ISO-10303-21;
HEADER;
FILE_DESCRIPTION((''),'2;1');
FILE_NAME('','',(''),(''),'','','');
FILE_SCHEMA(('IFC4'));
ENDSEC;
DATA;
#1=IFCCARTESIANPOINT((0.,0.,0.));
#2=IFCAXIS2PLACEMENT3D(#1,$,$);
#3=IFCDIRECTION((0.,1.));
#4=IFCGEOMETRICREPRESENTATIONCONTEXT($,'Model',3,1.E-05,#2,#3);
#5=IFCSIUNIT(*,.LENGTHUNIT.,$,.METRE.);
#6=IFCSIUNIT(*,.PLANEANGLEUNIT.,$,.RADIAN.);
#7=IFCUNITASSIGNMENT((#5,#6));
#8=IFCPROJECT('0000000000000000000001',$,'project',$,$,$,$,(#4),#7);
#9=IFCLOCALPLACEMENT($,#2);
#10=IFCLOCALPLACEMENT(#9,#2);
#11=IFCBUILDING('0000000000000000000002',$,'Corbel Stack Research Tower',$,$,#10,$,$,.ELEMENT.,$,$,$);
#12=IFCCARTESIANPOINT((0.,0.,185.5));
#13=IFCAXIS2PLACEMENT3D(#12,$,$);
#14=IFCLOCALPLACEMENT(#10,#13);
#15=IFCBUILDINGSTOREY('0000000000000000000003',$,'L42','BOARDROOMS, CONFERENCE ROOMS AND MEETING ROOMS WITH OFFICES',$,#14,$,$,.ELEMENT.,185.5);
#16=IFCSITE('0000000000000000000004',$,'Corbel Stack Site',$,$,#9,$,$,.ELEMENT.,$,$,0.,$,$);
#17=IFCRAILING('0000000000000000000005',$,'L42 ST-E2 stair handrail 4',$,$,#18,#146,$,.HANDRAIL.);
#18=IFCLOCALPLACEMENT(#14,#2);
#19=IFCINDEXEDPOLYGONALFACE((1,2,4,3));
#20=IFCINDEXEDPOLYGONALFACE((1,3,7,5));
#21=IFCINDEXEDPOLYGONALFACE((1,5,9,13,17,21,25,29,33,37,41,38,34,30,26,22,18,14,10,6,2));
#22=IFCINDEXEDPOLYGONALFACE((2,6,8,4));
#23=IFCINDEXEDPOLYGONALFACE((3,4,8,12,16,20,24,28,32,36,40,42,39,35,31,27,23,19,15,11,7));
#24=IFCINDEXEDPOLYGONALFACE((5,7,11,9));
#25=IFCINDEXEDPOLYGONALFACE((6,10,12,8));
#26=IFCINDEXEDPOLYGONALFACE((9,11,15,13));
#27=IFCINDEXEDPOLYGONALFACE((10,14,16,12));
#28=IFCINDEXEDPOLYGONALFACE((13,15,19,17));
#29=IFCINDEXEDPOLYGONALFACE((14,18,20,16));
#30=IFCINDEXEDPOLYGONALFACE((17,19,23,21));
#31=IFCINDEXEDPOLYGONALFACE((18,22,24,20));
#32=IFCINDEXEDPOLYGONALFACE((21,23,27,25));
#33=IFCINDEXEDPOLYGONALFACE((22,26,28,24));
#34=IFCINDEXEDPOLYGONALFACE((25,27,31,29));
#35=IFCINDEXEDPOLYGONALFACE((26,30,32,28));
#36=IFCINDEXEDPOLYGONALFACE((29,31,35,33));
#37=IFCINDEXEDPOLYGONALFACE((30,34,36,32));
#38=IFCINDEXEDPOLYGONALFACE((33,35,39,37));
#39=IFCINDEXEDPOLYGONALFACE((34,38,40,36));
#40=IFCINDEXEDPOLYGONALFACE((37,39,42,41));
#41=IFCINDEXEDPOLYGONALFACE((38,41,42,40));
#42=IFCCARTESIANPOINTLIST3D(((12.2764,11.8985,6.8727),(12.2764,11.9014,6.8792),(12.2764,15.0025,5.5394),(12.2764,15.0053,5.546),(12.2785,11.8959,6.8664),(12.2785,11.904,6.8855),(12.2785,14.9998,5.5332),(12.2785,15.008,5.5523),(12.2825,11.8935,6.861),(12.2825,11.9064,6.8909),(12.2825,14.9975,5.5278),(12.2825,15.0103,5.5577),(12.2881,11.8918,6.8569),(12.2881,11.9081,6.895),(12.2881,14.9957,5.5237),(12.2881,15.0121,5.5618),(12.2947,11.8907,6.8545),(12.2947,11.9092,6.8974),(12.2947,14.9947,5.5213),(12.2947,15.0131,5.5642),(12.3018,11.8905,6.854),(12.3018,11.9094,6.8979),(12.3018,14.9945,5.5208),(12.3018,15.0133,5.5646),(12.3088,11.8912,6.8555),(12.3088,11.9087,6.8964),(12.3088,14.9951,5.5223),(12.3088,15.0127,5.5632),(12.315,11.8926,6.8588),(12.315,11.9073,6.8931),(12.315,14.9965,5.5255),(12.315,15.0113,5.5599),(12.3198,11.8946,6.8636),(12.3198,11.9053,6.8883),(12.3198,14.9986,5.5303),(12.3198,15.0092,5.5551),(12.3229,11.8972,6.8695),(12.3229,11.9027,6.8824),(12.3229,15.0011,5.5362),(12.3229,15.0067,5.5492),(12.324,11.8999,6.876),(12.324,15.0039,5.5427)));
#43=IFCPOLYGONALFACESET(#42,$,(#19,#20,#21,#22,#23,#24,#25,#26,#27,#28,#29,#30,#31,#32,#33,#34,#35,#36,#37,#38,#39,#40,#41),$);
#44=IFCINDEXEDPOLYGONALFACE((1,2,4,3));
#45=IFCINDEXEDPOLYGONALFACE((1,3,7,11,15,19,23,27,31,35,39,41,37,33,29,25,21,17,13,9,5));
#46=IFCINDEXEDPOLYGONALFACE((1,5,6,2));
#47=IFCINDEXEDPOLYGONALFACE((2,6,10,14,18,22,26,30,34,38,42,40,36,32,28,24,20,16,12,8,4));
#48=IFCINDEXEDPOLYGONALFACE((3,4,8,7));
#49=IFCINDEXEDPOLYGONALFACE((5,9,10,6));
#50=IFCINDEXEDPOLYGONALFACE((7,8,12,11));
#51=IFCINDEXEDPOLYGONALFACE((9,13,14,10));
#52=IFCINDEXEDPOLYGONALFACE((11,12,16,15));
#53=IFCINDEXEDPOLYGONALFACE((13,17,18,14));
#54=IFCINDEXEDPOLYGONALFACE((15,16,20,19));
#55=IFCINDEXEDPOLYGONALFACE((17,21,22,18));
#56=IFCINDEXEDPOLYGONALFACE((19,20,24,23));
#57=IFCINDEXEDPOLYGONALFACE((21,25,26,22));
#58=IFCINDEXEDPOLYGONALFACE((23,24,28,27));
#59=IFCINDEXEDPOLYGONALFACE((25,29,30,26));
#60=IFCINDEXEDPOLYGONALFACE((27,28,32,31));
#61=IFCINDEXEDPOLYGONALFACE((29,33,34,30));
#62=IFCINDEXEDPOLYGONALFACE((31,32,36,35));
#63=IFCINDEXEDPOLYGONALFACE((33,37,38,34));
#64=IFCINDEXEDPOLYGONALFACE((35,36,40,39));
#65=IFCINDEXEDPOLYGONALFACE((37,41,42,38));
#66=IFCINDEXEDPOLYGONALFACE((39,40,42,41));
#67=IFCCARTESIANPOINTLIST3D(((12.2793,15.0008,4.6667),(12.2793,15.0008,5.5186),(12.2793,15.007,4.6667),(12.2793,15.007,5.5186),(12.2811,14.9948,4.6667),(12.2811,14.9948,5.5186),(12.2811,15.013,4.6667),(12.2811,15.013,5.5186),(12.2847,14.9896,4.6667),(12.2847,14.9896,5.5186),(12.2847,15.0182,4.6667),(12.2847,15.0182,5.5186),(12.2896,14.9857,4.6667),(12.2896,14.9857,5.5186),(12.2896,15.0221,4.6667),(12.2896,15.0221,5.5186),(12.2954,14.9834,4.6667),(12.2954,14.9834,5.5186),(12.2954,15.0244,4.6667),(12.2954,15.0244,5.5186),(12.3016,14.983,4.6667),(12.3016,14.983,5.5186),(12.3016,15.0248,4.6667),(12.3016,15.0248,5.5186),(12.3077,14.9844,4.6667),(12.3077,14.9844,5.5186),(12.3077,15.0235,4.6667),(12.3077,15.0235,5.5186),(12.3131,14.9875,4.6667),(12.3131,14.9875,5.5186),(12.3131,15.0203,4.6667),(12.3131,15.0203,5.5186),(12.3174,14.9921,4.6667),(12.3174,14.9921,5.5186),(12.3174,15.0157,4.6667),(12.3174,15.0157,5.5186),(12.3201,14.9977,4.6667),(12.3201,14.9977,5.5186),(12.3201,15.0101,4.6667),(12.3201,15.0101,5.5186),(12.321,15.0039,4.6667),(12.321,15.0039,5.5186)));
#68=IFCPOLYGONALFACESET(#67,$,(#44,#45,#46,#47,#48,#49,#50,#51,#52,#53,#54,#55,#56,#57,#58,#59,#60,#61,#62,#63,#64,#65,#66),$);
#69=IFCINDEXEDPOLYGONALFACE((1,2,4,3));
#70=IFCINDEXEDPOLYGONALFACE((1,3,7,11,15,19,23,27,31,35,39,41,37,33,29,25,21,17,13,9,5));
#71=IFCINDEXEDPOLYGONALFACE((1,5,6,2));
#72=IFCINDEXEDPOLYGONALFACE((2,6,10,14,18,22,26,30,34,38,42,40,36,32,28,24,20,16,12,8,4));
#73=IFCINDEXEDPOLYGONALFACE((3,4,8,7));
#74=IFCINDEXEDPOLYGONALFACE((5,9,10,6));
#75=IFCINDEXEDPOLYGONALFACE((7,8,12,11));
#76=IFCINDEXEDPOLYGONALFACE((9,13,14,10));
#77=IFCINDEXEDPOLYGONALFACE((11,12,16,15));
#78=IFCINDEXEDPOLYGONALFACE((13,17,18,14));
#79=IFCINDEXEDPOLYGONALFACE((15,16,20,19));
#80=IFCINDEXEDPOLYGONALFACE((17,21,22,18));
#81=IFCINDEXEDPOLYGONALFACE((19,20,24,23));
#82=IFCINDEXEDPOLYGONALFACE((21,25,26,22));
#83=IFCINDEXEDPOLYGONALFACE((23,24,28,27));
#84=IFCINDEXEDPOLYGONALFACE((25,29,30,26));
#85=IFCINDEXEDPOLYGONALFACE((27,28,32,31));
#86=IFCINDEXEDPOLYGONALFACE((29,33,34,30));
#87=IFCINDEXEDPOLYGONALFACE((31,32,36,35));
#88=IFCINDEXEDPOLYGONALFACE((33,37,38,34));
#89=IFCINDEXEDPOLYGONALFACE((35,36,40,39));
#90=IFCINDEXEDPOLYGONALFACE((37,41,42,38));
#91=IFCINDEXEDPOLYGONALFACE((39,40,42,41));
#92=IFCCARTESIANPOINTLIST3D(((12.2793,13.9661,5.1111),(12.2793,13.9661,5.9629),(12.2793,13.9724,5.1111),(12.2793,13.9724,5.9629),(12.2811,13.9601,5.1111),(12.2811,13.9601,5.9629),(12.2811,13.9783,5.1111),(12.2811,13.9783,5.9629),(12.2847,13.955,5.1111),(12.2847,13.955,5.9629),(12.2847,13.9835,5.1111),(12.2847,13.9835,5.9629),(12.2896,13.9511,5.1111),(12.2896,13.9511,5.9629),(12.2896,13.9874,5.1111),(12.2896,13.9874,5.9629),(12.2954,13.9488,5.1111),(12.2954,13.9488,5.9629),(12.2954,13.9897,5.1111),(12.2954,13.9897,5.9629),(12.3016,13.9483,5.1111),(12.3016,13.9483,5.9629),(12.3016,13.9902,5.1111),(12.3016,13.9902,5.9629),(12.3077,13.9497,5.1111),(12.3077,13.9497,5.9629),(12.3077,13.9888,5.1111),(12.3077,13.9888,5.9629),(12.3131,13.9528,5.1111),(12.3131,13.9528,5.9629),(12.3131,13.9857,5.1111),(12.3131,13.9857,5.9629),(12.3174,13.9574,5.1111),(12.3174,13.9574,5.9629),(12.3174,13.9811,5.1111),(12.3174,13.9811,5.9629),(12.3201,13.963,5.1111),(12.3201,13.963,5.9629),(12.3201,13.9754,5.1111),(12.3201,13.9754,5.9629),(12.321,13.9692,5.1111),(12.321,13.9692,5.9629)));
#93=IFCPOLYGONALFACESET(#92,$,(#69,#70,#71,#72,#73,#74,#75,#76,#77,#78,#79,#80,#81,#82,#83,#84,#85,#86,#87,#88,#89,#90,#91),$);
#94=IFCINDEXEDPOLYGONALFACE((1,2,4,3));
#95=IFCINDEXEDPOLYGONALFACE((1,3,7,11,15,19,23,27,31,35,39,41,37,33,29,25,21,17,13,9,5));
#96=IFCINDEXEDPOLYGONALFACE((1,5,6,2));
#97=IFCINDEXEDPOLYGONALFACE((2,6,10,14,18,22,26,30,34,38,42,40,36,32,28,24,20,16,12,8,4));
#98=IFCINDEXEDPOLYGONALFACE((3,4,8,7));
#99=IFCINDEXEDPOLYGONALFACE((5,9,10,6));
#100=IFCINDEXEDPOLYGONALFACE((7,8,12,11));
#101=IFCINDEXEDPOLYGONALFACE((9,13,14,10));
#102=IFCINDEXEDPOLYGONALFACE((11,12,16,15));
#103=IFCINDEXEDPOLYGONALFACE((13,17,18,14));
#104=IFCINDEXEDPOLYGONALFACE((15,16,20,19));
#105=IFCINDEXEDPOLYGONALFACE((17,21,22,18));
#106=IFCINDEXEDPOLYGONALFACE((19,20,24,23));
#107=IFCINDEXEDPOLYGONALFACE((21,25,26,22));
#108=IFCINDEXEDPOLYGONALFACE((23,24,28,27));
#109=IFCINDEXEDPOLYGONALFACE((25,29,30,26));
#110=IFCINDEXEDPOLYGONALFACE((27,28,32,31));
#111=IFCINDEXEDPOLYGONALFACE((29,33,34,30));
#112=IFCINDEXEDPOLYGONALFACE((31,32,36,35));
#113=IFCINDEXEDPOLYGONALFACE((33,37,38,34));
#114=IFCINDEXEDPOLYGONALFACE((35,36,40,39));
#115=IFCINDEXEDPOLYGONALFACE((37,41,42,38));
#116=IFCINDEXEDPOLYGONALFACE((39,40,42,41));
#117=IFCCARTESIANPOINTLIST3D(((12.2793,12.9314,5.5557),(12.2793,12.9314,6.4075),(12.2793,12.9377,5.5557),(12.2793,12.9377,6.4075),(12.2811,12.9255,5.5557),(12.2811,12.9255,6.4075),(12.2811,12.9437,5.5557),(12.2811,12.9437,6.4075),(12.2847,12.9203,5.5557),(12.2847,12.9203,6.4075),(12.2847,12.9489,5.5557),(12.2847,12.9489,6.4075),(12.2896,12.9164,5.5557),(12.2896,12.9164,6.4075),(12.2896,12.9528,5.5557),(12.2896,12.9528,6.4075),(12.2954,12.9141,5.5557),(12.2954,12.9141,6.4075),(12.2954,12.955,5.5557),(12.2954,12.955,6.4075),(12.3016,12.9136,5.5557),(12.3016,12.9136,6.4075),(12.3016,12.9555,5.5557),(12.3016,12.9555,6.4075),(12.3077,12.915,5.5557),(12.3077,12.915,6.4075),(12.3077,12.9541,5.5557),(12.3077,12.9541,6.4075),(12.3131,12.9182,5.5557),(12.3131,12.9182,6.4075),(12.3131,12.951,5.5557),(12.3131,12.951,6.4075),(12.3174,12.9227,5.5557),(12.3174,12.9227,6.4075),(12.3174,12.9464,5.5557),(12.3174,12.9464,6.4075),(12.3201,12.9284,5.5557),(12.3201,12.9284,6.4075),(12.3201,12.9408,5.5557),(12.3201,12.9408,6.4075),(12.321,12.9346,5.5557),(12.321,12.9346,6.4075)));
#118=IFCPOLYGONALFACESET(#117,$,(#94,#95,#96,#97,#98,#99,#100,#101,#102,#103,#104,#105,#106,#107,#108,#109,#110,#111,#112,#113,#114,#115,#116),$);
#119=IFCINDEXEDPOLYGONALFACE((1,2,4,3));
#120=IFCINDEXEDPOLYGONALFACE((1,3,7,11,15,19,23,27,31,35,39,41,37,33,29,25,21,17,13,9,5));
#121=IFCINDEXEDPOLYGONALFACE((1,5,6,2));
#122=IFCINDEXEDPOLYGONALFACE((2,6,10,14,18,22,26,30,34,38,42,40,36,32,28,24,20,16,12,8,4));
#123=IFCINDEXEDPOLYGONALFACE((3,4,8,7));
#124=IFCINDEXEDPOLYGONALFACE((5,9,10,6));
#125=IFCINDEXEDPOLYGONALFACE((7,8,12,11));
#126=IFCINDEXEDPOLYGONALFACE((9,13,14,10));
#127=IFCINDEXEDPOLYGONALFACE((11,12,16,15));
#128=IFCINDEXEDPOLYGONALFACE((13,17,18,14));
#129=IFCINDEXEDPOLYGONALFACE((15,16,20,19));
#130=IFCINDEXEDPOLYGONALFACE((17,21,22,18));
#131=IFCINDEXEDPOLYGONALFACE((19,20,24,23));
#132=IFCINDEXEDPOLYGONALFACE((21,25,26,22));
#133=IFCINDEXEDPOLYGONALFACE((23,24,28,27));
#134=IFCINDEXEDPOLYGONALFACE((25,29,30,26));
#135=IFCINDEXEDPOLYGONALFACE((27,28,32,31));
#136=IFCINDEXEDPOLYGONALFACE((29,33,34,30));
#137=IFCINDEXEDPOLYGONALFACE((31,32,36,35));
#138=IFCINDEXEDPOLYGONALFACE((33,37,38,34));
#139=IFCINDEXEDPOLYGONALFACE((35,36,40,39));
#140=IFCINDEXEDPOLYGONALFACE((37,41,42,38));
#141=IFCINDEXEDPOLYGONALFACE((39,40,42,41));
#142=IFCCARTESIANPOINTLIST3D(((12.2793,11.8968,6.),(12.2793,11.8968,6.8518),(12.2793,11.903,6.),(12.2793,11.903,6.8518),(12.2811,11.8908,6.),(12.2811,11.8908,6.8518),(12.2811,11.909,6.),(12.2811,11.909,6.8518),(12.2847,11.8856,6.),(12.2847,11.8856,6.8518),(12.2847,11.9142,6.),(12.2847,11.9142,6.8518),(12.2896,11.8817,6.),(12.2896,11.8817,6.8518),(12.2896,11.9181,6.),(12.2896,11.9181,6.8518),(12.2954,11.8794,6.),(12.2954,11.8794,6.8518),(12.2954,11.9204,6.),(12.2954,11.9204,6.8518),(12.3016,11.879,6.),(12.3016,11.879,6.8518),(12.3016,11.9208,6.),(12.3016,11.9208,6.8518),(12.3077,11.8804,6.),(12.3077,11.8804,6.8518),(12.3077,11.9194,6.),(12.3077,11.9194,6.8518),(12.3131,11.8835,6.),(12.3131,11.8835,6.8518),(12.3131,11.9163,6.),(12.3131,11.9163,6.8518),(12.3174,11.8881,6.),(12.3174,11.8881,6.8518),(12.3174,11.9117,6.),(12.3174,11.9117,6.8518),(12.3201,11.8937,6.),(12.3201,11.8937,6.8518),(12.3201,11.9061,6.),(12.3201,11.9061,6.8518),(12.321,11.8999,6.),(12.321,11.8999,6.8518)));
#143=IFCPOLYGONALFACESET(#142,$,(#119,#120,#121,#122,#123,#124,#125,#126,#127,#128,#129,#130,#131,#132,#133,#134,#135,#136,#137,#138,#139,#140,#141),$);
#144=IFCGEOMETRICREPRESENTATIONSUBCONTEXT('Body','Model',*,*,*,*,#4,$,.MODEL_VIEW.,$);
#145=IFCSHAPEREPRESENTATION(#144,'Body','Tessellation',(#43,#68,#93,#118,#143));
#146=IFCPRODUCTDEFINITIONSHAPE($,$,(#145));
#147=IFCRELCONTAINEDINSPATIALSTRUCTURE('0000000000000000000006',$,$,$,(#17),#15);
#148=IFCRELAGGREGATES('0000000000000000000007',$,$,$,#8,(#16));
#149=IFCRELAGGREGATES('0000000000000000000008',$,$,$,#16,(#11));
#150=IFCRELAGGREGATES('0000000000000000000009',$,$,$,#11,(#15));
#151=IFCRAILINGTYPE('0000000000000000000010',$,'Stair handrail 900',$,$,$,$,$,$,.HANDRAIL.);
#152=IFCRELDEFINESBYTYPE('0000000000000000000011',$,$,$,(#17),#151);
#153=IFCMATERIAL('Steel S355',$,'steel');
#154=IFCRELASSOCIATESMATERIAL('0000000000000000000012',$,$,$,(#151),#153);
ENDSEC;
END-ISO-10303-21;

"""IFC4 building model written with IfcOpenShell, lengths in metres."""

from ifc_helpers import new_model, si_unit, direction, frame, origin, origin_2d, place, context, subcontext, project, spatial, circle, extrude, material, type_object, element, save


model = new_model("IFC4")

# Units and contexts
model_context = context("Model", 3, precision=1e-05, world=origin(), true_north=direction((0.0, 1.0)))
body_context = subcontext(model_context, "Body", "Model", "MODEL_VIEW")
ifc_project = project(units=[si_unit("LENGTHUNIT", "METRE"), si_unit("PLANEANGLEUNIT", "RADIAN")], contexts=[model_context])

# Site, building, storey
site_placement = place(None, origin())
site = spatial("IfcSite", under=ifc_project, at=site_placement, Name="Corbel Stack Site", CompositionType="ELEMENT", RefElevation=0.0)
building_placement = place(site_placement, origin())
building = spatial("IfcBuilding", under=site, at=building_placement, Name="Corbel Stack Research Tower", CompositionType="ELEMENT")
storey_placement = place(building_placement, frame((0.0, 0.0, 185.5)))
storey = spatial("IfcBuildingStorey", under=building, at=storey_placement, Name="L42", Description="BOARDROOMS, CONFERENCE ROOMS AND MEETING ROOMS WITH OFFICES", CompositionType="ELEMENT", Elevation=185.5)

# Railing
ifc_material_1 = material(Name="Steel S355", Category="steel")
railing_type_1 = type_object("IfcRailingType", Name="Stair handrail 900", PredefinedType="HANDRAIL", material=ifc_material_1)
for number, where, name in (
    (1, (12.3, 15.0039, 4.6667), "L42 ST-E2 stair handrail 4"),
):
    element("IfcRailing", number, at=place(storey_placement, frame(where)), inside=storey, type_object=railing_type_1, Name=name, PredefinedType="HANDRAIL", context=body_context, shape_type="SweptSolid", body=[
        extrude(circle(Radius=0.0239, at=origin_2d()), frame((0.0, 0.0, 0.876), z_axis=(0.0, -0.918827, 0.394661), x_axis=(1.0, 0.0, 0.0)), (0.0, 0.0, 1.0), 3.3782),
        extrude(circle(Radius=0.021, at=origin_2d()), origin(), (0.0, 0.0, 1.0), 0.8518),
        extrude(circle(Radius=0.021, at=origin_2d()), frame((0.0, -1.0347, 0.4443)), (0.0, 0.0, 1.0), 0.8518),
        extrude(circle(Radius=0.021, at=origin_2d()), frame((0.0, -2.0693, 0.8889)), (0.0, 0.0, 1.0), 0.8518),
        extrude(circle(Radius=0.021, at=origin_2d()), frame((0.0, -3.104, 1.3333)), (0.0, 0.0, 1.0), 0.8518),
    ])

save(model, "model.ifc")
